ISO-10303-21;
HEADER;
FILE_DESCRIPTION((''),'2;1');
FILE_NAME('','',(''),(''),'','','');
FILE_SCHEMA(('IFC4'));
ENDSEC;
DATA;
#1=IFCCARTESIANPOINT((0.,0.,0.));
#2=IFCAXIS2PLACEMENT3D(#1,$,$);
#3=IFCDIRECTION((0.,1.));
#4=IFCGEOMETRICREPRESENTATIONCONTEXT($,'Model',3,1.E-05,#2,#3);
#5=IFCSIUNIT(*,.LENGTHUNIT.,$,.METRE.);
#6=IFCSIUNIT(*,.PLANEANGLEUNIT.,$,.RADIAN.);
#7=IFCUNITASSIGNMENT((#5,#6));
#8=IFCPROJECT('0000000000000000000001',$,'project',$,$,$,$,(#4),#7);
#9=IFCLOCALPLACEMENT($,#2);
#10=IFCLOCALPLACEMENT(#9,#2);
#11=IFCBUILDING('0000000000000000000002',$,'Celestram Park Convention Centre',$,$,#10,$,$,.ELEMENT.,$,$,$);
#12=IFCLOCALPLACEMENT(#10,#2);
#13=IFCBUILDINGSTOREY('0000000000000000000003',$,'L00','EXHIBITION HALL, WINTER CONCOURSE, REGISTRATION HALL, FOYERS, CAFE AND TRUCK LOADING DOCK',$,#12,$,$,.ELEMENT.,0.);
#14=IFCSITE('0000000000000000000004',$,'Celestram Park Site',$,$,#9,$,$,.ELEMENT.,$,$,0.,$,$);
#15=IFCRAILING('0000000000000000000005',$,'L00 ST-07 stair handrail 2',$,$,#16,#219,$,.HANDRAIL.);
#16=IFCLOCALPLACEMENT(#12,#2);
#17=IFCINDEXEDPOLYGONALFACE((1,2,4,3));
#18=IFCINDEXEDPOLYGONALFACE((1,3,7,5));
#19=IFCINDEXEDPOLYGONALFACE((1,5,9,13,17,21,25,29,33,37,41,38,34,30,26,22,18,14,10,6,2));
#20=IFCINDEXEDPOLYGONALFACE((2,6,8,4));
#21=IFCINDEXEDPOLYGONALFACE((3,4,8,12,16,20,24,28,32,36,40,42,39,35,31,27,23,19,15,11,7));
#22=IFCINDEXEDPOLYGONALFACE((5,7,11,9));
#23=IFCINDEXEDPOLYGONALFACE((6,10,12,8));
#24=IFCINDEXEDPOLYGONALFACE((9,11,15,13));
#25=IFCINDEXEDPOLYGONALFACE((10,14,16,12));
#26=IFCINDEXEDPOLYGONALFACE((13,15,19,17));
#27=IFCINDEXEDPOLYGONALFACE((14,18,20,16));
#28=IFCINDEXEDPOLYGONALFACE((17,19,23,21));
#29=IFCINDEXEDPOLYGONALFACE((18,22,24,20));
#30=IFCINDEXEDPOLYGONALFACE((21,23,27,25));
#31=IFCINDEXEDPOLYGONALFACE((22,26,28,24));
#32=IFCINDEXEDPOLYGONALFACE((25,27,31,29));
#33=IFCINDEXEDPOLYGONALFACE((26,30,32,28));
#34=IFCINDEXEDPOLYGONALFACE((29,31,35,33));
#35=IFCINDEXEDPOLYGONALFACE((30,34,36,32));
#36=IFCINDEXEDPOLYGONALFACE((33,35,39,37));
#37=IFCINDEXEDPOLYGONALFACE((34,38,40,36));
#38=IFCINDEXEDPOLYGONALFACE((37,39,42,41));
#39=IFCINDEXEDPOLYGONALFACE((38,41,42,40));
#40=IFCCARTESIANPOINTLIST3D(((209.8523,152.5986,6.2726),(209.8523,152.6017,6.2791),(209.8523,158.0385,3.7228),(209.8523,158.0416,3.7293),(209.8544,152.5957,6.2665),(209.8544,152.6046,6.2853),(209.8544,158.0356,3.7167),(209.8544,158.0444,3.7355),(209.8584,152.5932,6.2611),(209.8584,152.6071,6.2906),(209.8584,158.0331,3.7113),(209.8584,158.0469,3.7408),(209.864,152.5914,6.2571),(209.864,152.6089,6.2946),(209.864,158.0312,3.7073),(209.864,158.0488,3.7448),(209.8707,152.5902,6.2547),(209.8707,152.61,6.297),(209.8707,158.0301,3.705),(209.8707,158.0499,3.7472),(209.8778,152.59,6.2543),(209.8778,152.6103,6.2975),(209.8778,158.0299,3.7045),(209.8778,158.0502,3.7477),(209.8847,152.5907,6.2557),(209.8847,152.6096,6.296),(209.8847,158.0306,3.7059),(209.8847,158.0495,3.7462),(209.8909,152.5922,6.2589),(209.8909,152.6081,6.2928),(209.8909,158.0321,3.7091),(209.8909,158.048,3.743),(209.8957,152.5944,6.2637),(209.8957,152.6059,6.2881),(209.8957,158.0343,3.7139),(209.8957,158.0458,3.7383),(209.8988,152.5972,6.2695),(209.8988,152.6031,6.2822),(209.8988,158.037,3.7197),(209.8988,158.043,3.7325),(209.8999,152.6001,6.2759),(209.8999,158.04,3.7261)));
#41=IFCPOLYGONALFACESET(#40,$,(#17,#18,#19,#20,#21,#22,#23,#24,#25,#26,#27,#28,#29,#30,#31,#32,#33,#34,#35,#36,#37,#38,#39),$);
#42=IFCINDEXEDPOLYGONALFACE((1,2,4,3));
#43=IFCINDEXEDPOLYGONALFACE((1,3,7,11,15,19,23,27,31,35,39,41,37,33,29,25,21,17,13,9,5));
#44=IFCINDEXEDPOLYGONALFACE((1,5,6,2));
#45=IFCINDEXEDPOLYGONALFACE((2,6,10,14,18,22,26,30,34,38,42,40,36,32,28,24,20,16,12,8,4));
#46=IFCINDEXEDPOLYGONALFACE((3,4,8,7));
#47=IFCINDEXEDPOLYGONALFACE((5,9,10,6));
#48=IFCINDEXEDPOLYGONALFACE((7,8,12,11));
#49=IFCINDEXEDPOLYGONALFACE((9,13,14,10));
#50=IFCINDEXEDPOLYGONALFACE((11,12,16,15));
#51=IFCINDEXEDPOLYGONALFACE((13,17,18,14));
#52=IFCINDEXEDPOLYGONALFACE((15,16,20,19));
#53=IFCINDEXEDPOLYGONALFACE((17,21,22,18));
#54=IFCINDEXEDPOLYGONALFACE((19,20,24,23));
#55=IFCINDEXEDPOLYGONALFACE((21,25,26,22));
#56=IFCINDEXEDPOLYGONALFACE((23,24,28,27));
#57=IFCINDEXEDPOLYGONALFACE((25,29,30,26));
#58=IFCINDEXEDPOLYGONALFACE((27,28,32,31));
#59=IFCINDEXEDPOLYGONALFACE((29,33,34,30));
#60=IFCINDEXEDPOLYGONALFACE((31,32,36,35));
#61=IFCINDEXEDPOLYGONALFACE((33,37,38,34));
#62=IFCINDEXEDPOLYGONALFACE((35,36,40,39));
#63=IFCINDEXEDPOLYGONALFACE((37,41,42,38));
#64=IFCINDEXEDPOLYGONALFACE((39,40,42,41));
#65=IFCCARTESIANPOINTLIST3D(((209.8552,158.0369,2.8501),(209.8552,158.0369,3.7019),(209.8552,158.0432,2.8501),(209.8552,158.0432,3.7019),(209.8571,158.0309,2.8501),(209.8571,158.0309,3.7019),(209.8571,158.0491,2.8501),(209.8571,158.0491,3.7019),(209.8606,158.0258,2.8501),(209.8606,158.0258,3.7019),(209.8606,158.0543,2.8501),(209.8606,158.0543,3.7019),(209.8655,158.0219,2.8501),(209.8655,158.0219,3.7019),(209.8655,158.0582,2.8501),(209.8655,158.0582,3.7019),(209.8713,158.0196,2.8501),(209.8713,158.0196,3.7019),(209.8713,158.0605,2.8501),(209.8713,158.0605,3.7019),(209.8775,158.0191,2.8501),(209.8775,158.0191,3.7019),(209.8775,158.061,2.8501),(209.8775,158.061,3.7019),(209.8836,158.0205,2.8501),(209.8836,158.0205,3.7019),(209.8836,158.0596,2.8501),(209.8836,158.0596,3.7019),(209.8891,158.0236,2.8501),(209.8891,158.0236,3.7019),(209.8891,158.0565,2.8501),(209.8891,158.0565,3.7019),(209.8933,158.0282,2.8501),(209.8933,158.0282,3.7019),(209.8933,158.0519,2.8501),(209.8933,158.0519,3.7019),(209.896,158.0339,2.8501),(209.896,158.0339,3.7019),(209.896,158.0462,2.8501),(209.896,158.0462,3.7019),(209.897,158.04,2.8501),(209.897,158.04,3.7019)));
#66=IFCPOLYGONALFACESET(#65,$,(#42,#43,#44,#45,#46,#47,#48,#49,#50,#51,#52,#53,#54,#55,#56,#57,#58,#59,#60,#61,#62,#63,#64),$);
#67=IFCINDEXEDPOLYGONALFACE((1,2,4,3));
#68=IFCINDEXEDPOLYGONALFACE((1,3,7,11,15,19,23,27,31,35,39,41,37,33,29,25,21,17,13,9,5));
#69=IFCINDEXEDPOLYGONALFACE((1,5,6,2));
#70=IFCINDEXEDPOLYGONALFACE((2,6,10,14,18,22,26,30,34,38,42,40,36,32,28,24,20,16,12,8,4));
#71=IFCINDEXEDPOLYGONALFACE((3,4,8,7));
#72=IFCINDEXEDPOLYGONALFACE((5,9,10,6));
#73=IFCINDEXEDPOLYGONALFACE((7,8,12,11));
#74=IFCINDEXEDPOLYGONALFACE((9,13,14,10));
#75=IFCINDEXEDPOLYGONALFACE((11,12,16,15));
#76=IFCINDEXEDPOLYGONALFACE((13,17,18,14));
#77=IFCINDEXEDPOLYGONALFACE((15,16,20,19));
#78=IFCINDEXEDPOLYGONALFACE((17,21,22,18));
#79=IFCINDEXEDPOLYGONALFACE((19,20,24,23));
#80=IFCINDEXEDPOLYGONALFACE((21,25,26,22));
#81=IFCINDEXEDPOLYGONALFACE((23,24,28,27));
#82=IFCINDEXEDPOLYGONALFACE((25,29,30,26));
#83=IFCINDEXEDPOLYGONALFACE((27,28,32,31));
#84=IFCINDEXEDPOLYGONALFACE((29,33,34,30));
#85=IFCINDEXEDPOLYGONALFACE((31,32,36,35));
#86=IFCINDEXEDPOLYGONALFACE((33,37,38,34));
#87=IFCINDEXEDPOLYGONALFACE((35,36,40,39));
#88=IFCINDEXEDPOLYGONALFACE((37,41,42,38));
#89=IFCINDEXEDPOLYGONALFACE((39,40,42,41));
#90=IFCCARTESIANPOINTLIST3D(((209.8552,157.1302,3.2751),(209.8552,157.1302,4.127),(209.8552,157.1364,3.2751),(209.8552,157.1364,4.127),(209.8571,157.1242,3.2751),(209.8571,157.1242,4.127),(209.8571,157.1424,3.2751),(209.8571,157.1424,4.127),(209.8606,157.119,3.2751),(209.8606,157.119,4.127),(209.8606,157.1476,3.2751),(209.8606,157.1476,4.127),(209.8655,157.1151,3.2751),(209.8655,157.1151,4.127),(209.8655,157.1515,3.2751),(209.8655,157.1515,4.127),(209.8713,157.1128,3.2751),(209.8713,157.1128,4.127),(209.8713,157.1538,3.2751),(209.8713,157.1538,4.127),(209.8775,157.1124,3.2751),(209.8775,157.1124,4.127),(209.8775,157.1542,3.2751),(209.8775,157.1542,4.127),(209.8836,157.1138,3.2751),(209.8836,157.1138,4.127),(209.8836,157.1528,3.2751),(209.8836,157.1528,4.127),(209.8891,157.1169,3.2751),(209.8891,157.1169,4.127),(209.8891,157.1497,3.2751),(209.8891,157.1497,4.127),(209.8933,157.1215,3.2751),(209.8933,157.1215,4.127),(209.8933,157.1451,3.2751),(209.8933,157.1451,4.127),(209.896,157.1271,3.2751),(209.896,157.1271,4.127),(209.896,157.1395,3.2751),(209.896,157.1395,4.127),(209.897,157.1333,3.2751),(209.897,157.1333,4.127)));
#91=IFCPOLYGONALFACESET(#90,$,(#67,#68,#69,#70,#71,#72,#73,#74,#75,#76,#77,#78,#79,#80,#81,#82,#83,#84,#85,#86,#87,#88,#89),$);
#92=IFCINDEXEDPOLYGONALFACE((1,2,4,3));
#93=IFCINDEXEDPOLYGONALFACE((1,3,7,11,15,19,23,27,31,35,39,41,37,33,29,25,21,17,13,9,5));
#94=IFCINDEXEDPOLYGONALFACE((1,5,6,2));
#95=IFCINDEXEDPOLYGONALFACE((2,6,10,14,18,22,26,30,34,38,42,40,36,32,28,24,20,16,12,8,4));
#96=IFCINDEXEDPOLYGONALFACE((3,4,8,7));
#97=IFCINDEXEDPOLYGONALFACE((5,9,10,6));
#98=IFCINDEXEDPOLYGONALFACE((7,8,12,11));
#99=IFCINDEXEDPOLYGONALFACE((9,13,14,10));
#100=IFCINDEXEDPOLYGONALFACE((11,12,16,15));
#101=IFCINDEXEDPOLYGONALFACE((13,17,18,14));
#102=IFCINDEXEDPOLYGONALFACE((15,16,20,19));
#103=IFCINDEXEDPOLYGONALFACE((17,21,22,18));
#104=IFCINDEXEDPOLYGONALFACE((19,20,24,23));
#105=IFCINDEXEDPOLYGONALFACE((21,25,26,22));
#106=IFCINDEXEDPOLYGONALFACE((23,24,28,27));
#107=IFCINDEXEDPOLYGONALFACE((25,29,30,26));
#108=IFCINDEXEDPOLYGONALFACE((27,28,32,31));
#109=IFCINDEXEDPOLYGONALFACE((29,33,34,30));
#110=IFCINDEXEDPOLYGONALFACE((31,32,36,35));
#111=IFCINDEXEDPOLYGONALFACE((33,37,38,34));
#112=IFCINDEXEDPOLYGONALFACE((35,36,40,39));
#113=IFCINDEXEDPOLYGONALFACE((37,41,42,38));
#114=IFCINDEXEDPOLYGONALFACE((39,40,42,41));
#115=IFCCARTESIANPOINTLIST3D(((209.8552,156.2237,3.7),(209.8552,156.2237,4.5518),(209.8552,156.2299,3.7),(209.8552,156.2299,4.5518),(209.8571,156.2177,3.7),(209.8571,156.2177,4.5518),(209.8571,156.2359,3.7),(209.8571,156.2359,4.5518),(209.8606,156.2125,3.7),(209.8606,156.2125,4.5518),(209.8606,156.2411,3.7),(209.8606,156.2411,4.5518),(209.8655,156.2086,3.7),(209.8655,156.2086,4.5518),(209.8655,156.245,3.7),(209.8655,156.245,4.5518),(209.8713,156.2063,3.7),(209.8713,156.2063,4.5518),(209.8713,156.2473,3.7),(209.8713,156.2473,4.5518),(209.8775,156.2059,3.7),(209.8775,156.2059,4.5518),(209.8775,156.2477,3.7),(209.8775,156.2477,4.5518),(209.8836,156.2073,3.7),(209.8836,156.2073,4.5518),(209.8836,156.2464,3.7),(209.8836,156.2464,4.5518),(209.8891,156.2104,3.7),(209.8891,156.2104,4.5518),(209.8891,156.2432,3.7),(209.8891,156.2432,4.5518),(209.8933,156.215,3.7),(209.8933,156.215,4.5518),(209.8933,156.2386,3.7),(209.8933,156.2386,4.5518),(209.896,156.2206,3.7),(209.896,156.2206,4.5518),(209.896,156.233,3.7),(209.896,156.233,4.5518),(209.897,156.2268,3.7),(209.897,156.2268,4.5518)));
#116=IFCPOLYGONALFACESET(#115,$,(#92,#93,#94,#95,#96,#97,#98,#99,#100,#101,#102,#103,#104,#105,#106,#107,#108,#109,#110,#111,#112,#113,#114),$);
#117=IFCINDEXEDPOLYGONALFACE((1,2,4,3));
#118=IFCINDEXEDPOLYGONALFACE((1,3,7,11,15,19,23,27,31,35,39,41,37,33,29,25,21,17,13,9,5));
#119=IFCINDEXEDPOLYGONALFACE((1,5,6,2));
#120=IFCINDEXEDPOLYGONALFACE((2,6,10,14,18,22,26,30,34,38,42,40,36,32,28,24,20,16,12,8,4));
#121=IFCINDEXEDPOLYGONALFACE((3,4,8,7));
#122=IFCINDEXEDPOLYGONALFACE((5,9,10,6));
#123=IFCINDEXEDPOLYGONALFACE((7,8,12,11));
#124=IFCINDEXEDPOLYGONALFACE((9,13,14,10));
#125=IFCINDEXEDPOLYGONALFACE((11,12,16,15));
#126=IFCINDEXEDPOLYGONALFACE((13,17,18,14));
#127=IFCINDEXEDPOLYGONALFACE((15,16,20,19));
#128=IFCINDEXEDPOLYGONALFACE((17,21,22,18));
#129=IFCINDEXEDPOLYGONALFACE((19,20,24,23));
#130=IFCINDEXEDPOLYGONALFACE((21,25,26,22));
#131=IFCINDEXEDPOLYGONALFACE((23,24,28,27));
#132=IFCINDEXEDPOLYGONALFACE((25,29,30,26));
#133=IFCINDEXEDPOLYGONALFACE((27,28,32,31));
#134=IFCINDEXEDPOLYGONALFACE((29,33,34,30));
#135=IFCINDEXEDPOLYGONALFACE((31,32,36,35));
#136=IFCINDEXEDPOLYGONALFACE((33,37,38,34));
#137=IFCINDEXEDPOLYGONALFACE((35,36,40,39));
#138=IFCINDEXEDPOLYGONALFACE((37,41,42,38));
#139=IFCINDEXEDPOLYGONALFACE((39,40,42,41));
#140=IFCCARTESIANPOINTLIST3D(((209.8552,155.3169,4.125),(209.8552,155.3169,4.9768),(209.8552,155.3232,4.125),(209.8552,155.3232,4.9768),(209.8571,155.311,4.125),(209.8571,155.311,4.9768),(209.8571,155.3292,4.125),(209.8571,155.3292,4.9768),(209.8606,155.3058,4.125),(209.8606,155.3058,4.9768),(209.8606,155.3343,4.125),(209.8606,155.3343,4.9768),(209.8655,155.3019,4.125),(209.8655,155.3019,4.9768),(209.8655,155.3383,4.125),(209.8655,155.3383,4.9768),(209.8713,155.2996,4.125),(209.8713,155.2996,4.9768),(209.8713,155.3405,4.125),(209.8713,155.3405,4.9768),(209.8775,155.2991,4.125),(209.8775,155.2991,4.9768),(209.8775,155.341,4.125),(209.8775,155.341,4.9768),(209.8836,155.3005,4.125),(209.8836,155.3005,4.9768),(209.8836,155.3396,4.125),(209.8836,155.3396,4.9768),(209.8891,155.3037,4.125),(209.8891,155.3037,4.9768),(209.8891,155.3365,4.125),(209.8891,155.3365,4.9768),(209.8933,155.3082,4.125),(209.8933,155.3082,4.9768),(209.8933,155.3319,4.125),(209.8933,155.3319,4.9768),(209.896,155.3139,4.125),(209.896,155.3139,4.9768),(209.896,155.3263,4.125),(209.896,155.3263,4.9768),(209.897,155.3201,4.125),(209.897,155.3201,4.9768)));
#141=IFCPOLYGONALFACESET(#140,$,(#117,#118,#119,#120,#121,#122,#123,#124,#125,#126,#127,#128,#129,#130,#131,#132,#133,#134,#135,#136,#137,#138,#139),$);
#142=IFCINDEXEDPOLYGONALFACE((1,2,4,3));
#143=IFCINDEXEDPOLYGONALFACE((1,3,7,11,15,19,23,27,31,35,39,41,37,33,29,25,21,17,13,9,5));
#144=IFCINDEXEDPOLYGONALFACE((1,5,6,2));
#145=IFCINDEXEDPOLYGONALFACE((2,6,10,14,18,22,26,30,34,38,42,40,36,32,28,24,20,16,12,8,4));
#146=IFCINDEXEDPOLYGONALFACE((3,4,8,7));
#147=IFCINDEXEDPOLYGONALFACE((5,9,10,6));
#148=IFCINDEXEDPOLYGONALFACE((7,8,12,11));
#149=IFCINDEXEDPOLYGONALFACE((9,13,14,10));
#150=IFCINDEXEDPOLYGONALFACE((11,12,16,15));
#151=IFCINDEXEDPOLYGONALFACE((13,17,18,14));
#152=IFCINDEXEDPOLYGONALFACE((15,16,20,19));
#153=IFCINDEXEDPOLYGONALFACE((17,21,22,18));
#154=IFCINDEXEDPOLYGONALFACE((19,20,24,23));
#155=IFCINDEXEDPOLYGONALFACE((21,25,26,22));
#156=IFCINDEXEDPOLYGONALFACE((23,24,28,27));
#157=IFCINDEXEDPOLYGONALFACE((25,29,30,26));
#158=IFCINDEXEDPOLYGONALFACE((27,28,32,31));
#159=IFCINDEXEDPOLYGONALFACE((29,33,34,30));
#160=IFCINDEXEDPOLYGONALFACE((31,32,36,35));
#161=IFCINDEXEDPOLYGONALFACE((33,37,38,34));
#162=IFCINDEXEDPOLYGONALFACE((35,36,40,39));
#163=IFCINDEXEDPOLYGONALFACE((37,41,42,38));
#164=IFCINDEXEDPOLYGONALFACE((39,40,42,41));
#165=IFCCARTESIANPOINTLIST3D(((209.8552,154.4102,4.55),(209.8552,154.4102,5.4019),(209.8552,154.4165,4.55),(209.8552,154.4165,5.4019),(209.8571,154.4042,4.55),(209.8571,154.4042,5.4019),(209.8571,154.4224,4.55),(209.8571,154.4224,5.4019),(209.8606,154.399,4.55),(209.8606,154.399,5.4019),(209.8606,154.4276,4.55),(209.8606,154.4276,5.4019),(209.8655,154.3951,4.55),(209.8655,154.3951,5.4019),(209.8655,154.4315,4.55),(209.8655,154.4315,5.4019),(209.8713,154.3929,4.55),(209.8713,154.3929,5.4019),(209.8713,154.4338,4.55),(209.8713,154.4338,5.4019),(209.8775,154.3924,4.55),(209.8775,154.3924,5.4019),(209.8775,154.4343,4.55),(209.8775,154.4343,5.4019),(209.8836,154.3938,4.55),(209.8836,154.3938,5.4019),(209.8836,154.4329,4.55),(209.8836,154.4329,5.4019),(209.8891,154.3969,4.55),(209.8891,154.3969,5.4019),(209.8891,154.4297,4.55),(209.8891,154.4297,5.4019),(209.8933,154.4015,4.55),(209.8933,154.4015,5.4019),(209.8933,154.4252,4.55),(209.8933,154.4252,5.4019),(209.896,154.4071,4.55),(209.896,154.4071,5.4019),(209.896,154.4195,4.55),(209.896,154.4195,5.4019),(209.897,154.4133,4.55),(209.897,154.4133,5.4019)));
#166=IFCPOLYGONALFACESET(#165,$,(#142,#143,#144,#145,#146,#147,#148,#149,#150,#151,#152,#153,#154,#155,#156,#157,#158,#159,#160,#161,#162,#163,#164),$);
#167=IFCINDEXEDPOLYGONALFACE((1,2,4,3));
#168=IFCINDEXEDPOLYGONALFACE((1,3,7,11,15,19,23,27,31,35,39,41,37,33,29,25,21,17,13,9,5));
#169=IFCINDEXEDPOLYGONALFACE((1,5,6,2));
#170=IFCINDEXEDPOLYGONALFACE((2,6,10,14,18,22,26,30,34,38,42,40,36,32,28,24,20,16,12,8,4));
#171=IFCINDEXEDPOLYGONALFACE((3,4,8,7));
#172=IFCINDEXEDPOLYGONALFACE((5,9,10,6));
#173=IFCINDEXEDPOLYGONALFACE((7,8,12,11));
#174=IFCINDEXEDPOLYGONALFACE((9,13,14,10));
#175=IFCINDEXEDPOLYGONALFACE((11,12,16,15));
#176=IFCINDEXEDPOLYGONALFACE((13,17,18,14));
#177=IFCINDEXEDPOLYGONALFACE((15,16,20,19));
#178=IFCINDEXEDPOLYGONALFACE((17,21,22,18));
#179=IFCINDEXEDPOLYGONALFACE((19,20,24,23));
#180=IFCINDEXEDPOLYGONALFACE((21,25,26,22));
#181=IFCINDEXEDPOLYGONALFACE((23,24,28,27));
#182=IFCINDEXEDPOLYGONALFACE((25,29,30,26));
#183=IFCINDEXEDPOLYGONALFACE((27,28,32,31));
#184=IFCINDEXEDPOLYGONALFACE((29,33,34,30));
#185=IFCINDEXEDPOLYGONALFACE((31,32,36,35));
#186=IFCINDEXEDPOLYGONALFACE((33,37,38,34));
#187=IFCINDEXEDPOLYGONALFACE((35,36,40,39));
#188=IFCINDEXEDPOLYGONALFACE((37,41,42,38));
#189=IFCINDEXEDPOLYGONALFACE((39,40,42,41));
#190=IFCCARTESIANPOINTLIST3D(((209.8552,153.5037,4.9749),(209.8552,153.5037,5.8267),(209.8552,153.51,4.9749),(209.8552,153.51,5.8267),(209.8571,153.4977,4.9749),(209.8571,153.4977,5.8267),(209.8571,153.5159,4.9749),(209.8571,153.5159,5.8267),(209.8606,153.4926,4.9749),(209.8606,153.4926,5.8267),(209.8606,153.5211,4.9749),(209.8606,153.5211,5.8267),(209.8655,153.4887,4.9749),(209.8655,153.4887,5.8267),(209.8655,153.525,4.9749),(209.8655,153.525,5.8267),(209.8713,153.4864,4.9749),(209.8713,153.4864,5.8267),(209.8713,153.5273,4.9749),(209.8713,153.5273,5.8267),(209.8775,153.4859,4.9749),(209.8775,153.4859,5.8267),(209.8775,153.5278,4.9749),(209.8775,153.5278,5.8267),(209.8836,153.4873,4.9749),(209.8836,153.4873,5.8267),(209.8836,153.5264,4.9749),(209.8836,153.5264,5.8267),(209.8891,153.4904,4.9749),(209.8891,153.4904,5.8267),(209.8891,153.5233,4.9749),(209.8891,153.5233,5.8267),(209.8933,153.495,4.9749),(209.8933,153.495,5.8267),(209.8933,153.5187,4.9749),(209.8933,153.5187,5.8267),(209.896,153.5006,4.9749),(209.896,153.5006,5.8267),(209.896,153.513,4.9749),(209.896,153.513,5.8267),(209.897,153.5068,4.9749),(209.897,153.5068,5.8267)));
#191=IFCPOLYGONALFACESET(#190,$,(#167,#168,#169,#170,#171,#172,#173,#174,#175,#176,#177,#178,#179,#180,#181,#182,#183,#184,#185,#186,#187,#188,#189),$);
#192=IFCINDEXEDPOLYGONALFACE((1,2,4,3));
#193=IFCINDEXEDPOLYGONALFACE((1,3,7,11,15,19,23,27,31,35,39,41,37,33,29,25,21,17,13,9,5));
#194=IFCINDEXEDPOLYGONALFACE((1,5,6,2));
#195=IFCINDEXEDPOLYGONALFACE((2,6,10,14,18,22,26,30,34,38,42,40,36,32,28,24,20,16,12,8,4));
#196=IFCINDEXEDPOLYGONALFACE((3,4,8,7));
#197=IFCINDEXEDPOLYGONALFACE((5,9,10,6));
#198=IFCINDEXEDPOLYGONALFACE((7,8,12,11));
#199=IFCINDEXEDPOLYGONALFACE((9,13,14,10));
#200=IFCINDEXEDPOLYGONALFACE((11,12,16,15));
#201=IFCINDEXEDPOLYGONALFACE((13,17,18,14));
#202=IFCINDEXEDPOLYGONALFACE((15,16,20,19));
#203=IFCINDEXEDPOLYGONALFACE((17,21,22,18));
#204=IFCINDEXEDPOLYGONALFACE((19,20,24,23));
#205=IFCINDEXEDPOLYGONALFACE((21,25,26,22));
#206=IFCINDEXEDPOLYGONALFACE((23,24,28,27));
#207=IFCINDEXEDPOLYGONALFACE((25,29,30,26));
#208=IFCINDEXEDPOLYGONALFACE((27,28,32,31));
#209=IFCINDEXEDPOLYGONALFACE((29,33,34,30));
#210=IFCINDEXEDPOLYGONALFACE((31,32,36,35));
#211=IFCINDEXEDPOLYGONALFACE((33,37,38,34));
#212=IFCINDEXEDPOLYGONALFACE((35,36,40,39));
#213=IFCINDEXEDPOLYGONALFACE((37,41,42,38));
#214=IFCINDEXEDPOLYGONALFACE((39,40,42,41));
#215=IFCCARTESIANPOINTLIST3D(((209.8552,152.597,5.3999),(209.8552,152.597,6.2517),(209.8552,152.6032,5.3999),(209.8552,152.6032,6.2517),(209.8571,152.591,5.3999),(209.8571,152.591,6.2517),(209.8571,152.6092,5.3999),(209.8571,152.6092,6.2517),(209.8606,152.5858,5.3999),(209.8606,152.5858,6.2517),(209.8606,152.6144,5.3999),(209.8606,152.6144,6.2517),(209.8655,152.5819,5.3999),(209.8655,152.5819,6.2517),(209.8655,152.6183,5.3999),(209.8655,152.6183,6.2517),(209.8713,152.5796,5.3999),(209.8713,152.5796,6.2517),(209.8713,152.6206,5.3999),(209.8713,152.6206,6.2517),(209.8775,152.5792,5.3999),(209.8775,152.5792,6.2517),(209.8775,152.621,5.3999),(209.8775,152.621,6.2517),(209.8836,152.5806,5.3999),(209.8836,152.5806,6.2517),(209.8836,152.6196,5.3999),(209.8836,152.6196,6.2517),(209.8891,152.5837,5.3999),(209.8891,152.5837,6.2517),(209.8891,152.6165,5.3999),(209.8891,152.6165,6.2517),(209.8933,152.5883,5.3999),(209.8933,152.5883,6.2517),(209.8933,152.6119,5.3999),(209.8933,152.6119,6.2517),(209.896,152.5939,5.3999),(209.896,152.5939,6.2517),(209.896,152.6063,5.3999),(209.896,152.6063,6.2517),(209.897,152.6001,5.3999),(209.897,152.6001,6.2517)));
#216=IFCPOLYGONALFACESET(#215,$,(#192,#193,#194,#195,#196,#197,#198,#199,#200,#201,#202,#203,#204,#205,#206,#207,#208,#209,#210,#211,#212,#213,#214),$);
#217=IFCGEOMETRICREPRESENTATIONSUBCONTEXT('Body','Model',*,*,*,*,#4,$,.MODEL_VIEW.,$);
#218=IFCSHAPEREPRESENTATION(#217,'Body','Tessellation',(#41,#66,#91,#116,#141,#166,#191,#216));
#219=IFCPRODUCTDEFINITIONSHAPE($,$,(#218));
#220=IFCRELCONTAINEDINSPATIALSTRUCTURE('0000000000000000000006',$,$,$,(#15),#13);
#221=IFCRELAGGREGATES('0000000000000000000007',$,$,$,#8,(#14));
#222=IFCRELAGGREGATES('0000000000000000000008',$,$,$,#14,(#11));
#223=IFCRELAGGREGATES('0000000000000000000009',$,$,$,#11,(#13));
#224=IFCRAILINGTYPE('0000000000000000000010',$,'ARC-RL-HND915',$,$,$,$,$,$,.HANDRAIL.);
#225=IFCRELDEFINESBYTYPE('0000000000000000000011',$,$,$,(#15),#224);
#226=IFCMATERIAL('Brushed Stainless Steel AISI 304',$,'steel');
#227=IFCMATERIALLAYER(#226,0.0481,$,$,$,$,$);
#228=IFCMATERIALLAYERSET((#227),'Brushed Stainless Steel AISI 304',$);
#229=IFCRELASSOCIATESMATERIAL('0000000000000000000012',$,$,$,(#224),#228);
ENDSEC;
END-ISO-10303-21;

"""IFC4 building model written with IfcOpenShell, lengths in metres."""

from ifc_helpers import new_model, si_unit, direction, frame, origin, origin_2d, place, context, subcontext, project, spatial, circle, extrude, material, layer, layer_set, type_object, element, save


model = new_model("IFC4")

# Units and contexts
model_context = context("Model", 3, precision=1e-05, world=origin(), true_north=direction((0.0, 1.0)))
body_context = subcontext(model_context, "Body", "Model", "MODEL_VIEW")
ifc_project = project(units=[si_unit("LENGTHUNIT", "METRE"), si_unit("PLANEANGLEUNIT", "RADIAN")], contexts=[model_context])

# Site, building, storey
site_placement = place(None, origin())
site = spatial("IfcSite", under=ifc_project, at=site_placement, Name="Celestram Park Site", CompositionType="ELEMENT", RefElevation=0.0)
building_placement = place(site_placement, origin())
building = spatial("IfcBuilding", under=site, at=building_placement, Name="Celestram Park Convention Centre", CompositionType="ELEMENT")
storey_placement = place(building_placement, origin())
storey = spatial("IfcBuildingStorey", under=building, at=storey_placement, Name="L00", Description="EXHIBITION HALL, WINTER CONCOURSE, REGISTRATION HALL, FOYERS, CAFE AND TRUCK LOADING DOCK", CompositionType="ELEMENT", Elevation=0.0)

# Railing
ifc_material_1 = material(Name="Brushed Stainless Steel AISI 304", Category="steel")
ifc_layer_1 = layer(ifc_material_1, 0.0481)
ifc_layer_set_1 = layer_set([ifc_layer_1], Name="Brushed Stainless Steel AISI 304")
railing_type_1 = type_object("IfcRailingType", Name="ARC-RL-HND915", PredefinedType="HANDRAIL", material=ifc_layer_set_1)
railing_1_placement = place(storey_placement, frame((209.876, 158.04, 2.8501)))
element("IfcRailing", 1, at=railing_1_placement, inside=storey, type_object=railing_type_1, Name="L00 ST-07 stair handrail 2", PredefinedType="HANDRAIL", context=body_context, shape_type="SweptSolid", body=[
    extrude(circle(Radius=0.0239, at=origin_2d()), frame((0.0, 0.0, 0.876), z_axis=(0.0, -0.90547, 0.424411), x_axis=(1.0, 0.0, 0.0)), (0.0, 0.0, 1.0), 6.0078),
    extrude(circle(Radius=0.021, at=origin_2d()), origin(), (0.0, 0.0, 1.0), 0.8518),
    extrude(circle(Radius=0.021, at=origin_2d()), frame((0.0, -0.9067, 0.425)), (0.0, 0.0, 1.0), 0.8518),
    extrude(circle(Radius=0.021, at=origin_2d()), frame((0.0, -1.8132, 0.8499)), (0.0, 0.0, 1.0), 0.8518),
    extrude(circle(Radius=0.021, at=origin_2d()), frame((0.0, -2.72, 1.2749)), (0.0, 0.0, 1.0), 0.8518),
    extrude(circle(Radius=0.021, at=origin_2d()), frame((0.0, -3.6267, 1.7)), (0.0, 0.0, 1.0), 0.8518),
    extrude(circle(Radius=0.021, at=origin_2d()), frame((0.0, -4.5332, 2.1248)), (0.0, 0.0, 1.0), 0.8518),
    extrude(circle(Radius=0.021, at=origin_2d()), frame((0.0, -5.4399, 2.5498)), (0.0, 0.0, 1.0), 0.8518),
])

save(model, "model.ifc")
